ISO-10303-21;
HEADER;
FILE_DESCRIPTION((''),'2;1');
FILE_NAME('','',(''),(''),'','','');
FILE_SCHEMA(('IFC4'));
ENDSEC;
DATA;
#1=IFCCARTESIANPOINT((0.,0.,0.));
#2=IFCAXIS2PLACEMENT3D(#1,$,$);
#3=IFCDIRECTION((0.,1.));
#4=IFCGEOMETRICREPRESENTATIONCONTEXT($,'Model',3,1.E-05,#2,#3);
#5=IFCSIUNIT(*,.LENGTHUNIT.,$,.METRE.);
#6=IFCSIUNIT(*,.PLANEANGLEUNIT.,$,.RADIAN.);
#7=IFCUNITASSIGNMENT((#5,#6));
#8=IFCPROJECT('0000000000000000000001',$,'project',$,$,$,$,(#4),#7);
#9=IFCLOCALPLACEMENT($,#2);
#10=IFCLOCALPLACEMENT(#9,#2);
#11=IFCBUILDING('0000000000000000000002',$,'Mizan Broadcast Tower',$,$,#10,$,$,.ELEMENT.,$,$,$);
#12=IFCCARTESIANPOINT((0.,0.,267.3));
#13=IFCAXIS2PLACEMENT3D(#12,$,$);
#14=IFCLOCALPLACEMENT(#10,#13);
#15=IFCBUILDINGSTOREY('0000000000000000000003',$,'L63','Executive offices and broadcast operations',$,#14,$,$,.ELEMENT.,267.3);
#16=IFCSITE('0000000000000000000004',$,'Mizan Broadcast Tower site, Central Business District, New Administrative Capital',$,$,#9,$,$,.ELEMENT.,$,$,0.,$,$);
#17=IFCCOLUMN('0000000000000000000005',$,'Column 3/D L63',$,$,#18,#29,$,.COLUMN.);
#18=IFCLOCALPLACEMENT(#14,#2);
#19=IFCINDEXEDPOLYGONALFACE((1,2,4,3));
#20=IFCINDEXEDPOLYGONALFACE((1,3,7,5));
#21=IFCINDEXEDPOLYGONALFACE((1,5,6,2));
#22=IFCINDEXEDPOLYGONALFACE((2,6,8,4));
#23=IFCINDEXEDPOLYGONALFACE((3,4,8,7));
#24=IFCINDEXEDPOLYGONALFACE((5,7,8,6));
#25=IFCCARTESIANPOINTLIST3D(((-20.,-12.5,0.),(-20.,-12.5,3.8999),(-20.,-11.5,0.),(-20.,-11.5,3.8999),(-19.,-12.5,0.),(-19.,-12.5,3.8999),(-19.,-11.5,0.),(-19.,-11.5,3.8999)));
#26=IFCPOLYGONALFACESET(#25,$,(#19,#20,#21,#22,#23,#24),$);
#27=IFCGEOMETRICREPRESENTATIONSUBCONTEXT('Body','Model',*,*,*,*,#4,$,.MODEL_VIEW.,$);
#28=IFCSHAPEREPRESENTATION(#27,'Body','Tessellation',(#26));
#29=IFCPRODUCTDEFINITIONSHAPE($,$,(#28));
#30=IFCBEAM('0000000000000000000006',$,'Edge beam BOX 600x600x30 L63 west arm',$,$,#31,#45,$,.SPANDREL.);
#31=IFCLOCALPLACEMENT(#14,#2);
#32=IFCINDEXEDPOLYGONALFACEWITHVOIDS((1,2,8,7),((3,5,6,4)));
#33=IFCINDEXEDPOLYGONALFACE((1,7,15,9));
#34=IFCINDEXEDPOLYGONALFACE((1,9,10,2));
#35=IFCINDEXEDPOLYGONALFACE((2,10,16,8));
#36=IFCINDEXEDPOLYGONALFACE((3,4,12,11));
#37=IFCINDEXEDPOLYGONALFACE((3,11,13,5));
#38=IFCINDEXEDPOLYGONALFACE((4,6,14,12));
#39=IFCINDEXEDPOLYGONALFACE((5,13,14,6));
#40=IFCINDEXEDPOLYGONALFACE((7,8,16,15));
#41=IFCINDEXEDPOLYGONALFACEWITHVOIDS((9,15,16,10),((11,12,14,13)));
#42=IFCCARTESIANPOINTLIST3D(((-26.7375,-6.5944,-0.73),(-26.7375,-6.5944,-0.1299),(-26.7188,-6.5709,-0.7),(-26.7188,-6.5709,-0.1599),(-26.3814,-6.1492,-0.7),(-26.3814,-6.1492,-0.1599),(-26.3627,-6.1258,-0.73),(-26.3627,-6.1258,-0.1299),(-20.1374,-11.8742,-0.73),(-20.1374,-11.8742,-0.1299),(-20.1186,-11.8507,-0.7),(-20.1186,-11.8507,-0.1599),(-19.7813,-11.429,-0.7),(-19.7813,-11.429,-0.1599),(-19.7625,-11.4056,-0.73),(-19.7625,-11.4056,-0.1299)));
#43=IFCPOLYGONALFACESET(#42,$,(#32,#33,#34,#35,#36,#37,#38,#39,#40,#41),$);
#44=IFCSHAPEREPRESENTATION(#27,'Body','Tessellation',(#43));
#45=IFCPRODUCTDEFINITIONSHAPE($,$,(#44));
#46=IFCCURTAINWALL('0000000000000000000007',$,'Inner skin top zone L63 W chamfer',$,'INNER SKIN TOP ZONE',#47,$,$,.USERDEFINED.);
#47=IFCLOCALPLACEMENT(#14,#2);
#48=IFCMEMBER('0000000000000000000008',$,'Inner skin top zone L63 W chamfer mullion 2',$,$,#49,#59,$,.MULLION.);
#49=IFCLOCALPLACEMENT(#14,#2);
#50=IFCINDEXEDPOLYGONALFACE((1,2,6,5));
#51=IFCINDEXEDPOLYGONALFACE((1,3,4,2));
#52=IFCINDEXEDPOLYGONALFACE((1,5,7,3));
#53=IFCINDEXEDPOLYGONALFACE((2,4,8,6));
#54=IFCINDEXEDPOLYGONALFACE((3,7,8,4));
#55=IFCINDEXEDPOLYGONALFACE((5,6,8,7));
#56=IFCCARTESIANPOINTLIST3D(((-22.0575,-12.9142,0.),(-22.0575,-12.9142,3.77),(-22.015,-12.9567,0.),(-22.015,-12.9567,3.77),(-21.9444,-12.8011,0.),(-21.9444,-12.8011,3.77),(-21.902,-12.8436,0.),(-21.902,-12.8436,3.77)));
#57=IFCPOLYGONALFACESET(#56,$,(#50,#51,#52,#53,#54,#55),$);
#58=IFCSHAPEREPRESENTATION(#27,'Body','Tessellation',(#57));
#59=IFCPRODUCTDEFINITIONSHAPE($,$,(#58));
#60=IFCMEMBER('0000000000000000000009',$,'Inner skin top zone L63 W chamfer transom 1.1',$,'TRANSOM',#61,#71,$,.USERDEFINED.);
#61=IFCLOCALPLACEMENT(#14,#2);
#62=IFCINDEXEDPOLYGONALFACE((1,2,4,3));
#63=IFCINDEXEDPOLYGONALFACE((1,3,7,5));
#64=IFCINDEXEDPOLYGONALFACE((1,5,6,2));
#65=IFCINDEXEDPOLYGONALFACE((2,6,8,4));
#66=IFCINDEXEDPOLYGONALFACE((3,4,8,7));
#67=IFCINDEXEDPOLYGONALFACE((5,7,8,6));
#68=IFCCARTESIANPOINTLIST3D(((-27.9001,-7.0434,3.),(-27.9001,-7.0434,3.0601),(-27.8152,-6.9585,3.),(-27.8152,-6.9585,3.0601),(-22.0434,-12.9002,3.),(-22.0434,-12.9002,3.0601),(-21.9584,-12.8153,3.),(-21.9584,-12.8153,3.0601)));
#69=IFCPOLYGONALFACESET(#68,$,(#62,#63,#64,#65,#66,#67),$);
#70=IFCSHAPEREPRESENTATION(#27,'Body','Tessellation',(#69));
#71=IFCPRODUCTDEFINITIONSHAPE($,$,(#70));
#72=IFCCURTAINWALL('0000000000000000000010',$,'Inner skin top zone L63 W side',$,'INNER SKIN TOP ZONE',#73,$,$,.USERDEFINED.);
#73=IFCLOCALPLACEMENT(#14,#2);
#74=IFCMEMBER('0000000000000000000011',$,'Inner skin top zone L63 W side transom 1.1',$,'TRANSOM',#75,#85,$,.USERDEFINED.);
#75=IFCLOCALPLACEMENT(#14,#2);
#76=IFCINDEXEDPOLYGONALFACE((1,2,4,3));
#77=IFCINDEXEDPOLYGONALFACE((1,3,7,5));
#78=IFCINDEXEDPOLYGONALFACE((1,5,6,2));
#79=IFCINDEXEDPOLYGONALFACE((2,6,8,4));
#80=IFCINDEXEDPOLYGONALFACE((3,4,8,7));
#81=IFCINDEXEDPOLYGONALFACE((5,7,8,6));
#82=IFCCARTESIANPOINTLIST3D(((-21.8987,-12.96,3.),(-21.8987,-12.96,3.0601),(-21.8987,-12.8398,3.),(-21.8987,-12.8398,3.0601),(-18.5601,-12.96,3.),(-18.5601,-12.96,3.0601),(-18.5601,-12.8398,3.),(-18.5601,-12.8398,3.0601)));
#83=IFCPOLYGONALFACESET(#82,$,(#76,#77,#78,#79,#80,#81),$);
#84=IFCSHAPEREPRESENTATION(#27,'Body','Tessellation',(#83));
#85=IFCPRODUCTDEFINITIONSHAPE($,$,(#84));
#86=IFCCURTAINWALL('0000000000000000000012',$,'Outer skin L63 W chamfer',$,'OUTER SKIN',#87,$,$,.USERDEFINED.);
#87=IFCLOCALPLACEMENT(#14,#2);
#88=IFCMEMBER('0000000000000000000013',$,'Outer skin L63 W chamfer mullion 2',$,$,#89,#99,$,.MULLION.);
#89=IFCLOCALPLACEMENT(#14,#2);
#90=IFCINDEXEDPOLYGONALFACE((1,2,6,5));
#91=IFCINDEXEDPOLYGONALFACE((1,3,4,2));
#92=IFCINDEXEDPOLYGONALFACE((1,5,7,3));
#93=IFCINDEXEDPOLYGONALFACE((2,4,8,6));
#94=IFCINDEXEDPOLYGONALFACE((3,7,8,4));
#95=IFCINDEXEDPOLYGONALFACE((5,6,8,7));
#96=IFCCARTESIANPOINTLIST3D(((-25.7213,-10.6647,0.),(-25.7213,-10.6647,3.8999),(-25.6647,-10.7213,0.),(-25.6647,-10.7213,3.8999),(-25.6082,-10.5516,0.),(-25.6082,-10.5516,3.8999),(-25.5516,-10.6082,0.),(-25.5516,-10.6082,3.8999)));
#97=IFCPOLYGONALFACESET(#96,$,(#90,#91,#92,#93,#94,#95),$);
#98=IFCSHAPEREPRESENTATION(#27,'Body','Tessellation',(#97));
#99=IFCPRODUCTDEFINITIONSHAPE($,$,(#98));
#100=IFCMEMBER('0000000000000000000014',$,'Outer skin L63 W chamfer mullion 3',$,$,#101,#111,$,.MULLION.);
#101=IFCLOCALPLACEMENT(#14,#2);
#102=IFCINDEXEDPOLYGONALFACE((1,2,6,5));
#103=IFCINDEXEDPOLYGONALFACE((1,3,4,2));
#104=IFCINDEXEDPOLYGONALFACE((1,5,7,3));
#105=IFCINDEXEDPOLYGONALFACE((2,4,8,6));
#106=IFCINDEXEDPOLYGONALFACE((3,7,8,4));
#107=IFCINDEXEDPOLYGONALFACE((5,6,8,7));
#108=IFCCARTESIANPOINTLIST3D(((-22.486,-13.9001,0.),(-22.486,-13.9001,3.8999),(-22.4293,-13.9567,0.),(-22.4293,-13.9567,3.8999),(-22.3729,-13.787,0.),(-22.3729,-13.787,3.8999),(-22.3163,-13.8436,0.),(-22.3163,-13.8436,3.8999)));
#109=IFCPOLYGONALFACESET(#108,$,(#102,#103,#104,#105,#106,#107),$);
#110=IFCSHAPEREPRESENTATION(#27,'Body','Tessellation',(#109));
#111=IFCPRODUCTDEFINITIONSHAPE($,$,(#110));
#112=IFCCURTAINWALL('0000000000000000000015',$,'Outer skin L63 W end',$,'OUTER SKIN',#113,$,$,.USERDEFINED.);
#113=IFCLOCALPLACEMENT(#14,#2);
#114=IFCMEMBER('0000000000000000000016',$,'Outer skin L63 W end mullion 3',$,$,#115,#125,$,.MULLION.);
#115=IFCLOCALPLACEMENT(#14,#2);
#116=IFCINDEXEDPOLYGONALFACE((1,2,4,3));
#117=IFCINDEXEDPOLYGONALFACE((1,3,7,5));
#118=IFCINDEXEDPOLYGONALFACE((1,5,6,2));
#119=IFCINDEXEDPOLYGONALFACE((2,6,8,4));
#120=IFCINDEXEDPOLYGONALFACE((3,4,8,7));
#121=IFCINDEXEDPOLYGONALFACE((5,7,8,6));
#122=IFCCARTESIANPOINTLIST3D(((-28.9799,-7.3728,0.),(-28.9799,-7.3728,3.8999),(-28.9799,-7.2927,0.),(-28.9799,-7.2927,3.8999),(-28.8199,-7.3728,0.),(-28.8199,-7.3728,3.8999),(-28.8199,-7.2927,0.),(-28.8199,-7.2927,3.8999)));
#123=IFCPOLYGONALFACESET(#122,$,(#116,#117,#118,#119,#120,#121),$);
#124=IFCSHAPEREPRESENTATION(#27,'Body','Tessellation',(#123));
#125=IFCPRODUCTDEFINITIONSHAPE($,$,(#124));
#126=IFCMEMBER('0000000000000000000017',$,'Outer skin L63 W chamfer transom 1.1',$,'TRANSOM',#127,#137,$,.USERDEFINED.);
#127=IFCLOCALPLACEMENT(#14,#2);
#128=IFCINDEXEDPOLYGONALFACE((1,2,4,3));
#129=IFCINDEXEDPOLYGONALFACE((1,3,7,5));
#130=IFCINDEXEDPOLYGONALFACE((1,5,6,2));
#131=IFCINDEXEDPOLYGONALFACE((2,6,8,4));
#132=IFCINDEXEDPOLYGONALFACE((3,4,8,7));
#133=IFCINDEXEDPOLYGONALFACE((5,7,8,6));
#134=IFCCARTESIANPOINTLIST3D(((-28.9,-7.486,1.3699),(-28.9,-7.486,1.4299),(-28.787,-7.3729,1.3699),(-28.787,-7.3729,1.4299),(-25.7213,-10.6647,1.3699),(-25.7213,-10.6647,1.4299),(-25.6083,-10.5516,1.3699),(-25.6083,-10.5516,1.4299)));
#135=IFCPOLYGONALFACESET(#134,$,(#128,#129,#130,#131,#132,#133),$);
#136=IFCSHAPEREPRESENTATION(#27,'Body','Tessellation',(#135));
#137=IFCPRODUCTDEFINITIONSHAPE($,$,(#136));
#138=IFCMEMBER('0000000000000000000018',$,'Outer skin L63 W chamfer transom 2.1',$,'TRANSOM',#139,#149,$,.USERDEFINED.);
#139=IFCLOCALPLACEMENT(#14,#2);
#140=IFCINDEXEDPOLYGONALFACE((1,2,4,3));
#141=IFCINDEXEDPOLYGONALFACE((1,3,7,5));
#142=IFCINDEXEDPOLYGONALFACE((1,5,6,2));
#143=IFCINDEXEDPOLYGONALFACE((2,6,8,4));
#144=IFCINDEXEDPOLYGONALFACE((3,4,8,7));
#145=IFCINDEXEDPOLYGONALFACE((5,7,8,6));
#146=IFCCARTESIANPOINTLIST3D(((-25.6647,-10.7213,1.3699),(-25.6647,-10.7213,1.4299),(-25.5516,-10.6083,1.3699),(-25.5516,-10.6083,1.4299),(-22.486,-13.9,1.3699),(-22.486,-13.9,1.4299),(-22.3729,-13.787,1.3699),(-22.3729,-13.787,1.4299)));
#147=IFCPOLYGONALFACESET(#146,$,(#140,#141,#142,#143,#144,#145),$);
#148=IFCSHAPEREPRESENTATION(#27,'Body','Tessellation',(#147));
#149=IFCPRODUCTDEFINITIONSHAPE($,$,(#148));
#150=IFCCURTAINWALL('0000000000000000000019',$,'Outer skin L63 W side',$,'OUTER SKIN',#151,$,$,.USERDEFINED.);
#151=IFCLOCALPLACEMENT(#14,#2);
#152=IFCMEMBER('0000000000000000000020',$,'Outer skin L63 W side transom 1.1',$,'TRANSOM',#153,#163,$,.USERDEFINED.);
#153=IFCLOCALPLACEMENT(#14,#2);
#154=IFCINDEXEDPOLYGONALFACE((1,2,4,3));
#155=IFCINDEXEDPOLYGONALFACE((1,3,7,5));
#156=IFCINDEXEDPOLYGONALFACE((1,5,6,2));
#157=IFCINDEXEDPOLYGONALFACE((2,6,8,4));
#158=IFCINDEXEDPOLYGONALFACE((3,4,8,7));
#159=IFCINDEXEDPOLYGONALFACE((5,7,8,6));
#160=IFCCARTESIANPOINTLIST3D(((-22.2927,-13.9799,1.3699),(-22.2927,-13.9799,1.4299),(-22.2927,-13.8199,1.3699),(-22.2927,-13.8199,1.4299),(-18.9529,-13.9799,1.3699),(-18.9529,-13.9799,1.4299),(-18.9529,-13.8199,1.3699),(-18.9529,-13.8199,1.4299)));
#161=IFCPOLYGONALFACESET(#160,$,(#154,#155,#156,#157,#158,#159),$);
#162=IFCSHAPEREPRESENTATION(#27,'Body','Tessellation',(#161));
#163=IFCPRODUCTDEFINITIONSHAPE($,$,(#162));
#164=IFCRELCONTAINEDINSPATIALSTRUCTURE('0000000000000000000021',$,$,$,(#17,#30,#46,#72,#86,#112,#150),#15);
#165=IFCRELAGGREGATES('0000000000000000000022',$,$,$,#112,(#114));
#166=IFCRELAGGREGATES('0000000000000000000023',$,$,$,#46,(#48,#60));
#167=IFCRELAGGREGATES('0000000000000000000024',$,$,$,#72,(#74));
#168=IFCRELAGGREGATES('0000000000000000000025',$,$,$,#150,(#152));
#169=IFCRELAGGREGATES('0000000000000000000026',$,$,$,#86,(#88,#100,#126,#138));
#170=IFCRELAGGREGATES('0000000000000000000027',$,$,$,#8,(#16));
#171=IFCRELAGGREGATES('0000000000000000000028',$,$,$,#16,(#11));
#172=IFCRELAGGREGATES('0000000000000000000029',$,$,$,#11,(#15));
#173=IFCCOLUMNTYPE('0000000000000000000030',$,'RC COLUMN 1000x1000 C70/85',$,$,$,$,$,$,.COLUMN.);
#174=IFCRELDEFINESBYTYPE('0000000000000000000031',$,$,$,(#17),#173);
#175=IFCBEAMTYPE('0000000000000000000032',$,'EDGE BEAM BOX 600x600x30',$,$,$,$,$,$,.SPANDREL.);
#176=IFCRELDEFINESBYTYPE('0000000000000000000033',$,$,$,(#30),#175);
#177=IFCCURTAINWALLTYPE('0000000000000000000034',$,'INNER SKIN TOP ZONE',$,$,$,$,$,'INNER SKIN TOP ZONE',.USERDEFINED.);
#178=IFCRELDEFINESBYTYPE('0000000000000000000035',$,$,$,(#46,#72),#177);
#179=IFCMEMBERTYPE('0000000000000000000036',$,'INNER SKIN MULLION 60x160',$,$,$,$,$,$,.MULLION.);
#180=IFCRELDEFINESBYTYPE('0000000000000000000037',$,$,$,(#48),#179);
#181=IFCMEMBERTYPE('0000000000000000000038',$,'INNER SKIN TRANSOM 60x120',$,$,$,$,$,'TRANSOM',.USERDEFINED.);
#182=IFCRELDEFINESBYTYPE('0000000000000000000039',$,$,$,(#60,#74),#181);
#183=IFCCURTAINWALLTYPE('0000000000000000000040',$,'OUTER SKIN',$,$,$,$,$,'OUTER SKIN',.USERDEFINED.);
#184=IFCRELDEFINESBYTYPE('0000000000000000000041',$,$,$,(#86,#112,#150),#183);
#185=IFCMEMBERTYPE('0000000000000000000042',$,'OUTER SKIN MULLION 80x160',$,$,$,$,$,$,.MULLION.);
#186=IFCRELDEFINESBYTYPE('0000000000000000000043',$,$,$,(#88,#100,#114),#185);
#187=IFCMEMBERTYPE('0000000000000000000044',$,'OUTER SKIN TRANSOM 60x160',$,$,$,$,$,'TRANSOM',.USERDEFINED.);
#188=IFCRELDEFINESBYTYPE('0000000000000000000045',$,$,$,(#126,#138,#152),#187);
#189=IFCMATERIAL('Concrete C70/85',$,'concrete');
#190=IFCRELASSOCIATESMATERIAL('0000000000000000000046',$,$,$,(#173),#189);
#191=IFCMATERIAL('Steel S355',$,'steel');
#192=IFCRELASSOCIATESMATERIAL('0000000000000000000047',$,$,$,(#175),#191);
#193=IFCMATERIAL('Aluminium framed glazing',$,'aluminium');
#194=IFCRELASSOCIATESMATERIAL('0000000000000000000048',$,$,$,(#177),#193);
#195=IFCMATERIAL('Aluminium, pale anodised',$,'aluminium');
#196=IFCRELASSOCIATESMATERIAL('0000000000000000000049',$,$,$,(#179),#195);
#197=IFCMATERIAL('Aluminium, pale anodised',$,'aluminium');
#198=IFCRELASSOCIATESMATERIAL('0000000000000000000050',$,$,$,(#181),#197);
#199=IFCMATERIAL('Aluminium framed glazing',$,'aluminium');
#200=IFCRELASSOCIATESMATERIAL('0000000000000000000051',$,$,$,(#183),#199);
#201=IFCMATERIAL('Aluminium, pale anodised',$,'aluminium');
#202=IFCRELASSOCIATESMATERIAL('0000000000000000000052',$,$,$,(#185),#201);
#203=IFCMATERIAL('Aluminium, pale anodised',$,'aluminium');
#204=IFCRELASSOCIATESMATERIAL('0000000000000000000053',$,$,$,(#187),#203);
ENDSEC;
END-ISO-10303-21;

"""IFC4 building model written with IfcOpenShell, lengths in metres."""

from ifc_helpers import new_model, si_unit, direction, frame, origin, origin_2d, place, context, subcontext, project, spatial, rectangle, hollow_rectangle, extrude, material, material_profile, profile_set, type_object, element, aggregate, save


model = new_model("IFC4")

# Units and contexts
model_context = context("Model", 3, precision=1e-05, world=origin(), true_north=direction((0.0, 1.0)))
body_context = subcontext(model_context, "Body", "Model", "MODEL_VIEW")
ifc_project = project(units=[si_unit("LENGTHUNIT", "METRE"), si_unit("PLANEANGLEUNIT", "RADIAN")], contexts=[model_context])

# Site, building, storey
site_placement = place(None, origin())
site = spatial("IfcSite", under=ifc_project, at=site_placement, Name="Mizan Broadcast Tower site, Central Business District, New Administrative Capital", CompositionType="ELEMENT", RefElevation=0.0)
building_placement = place(site_placement, origin())
building = spatial("IfcBuilding", under=site, at=building_placement, Name="Mizan Broadcast Tower", CompositionType="ELEMENT")
storey_placement = place(building_placement, frame((0.0, 0.0, 267.3)))
storey = spatial("IfcBuildingStorey", under=building, at=storey_placement, Name="L63", Description="Executive offices and broadcast operations", CompositionType="ELEMENT", Elevation=267.3)

# Column
ifc_material_1 = material(Name="Concrete C70/85", Category="concrete")
ifc_material_profile_1 = material_profile(ifc_material_1, rectangle(XDim=1.0, YDim=1.0, at=origin_2d()), Name="RC 1000x1000")
ifc_profile_set_1 = profile_set([ifc_material_profile_1], Name="Concrete C70/85")
column_type = type_object("IfcColumnType", Name="RC COLUMN 1000x1000 C70/85", PredefinedType="COLUMN", material=ifc_profile_set_1)
column_placement = place(storey_placement, frame((-19.5, -12.0, 0.0), z_axis=(0.0, 0.0, 1.0), x_axis=(1.0, 0.0, 0.0)))
element("IfcColumn", 1, at=column_placement, inside=storey, type_object=column_type, Name="Column 3/D L63", PredefinedType="COLUMN", context=body_context, shape_type="SweptSolid", body=[
    extrude(rectangle(XDim=1.0, YDim=1.0, at=origin_2d()), origin(), (0.0, 0.0, 1.0), 3.8999),
])

# Beam
ifc_material_2 = material(Name="Steel S355", Category="steel")
ifc_material_profile_2 = material_profile(ifc_material_2, hollow_rectangle(XDim=0.6001, YDim=0.6001, WallThickness=0.03, at=origin_2d()), Name="BOX 600x600x30")
ifc_profile_set_2 = profile_set([ifc_material_profile_2], Name="Steel S355")
beam_type_1 = type_object("IfcBeamType", Name="EDGE BEAM BOX 600x600x30", PredefinedType="SPANDREL", material=ifc_profile_set_2)
beam_1_placement = place(storey_placement, frame((-19.95, -11.6399, -0.4299), z_axis=(-0.780886, 0.624674, 0.0), x_axis=(-0.624674, -0.780886, 0.0)))
element("IfcBeam", 2, at=beam_1_placement, inside=storey, type_object=beam_type_1, Name="Edge beam BOX 600x600x30 L63 west arm", PredefinedType="SPANDREL", context=body_context, shape_type="SweptSolid", body=[
    extrude(hollow_rectangle(XDim=0.6001, YDim=0.6001, WallThickness=0.03, at=origin_2d()), origin(), (0.0, 0.0, 1.0), 8.4521),
])

# Curtain wall, members
ifc_material_3 = material(Name="Aluminium framed glazing", Category="aluminium")
curtain_wall_type_1 = type_object("IfcCurtainWallType", Name="INNER SKIN TOP ZONE", ElementType="INNER SKIN TOP ZONE", PredefinedType="USERDEFINED", material=ifc_material_3)
curtain_wall_1_placement = place(storey_placement, origin())
curtain_wall_1 = element("IfcCurtainWall", 3, at=curtain_wall_1_placement, inside=storey, type_object=curtain_wall_type_1, Name="Inner skin top zone L63 W chamfer", ObjectType="INNER SKIN TOP ZONE", PredefinedType="USERDEFINED")
ifc_material_4 = material(Name="Aluminium, pale anodised", Category="aluminium")
ifc_material_profile_3 = material_profile(ifc_material_4, rectangle(XDim=0.1599, YDim=0.0601, at=origin_2d()), Name="MULLION 160x60")
ifc_profile_set_3 = profile_set([ifc_material_profile_3], Name="Aluminium, pale anodised")
member_type_1 = type_object("IfcMemberType", Name="INNER SKIN MULLION 60x160", PredefinedType="MULLION", material=ifc_profile_set_3)
member_1_placement = place(storey_placement, frame((-21.9797, -12.8789, 0.0), z_axis=(0.0, 0.0, 1.0), x_axis=(0.707107, 0.707107, 0.0)))
member_1 = element("IfcMember", 4, at=member_1_placement, type_object=member_type_1, Name="Inner skin top zone L63 W chamfer mullion 2", PredefinedType="MULLION", context=body_context, shape_type="SweptSolid", body=[
    extrude(rectangle(XDim=0.1599, YDim=0.0601, at=origin_2d()), origin(), (0.0, 0.0, 1.0), 3.77),
])
ifc_material_5 = material(Name="Aluminium, pale anodised", Category="aluminium")
ifc_material_profile_4 = material_profile(ifc_material_5, rectangle(XDim=0.1201, YDim=0.0601, at=origin_2d()), Name="TRANSOM 120x60")
ifc_profile_set_4 = profile_set([ifc_material_profile_4], Name="Aluminium, pale anodised")
member_type_2 = type_object("IfcMemberType", Name="INNER SKIN TRANSOM 60x120", ElementType="TRANSOM", PredefinedType="USERDEFINED", material=ifc_profile_set_4)
member_2_placement = place(storey_placement, frame((-27.8577, -7.001, 3.03), z_axis=(0.707107, -0.707107, 0.0), x_axis=(0.707107, 0.707107, 0.0)))
member_2 = element("IfcMember", 5, at=member_2_placement, type_object=member_type_2, Name="Inner skin top zone L63 W chamfer transom 1.1", ObjectType="TRANSOM", PredefinedType="USERDEFINED", context=body_context, shape_type="SweptSolid", body=[
    extrude(rectangle(XDim=0.1201, YDim=0.0601, at=origin_2d()), origin(), (0.0, 0.0, 1.0), 8.2827),
])

# Curtain wall, member
curtain_wall_2_placement = place(storey_placement, origin())
curtain_wall_2 = element("IfcCurtainWall", 6, at=curtain_wall_2_placement, inside=storey, type_object=curtain_wall_type_1, Name="Inner skin top zone L63 W side", ObjectType="INNER SKIN TOP ZONE", PredefinedType="USERDEFINED")
member_3_placement = place(storey_placement, frame((-21.8987, -12.8999, 3.03), z_axis=(1.0, 0.0, 0.0), x_axis=(0.0, 1.0, 0.0)))
member_3 = element("IfcMember", 7, at=member_3_placement, type_object=member_type_2, Name="Inner skin top zone L63 W side transom 1.1", ObjectType="TRANSOM", PredefinedType="USERDEFINED", context=body_context, shape_type="SweptSolid", body=[
    extrude(rectangle(XDim=0.1201, YDim=0.0601, at=origin_2d()), origin(), (0.0, 0.0, 1.0), 3.3386),
])

# Curtain wall, members
ifc_material_6 = material(Name="Aluminium framed glazing", Category="aluminium")
curtain_wall_type_2 = type_object("IfcCurtainWallType", Name="OUTER SKIN", ElementType="OUTER SKIN", PredefinedType="USERDEFINED", material=ifc_material_6)
curtain_wall_3_placement = place(storey_placement, origin())
curtain_wall_3 = element("IfcCurtainWall", 8, at=curtain_wall_3_placement, inside=storey, type_object=curtain_wall_type_2, Name="Outer skin L63 W chamfer", ObjectType="OUTER SKIN", PredefinedType="USERDEFINED")
ifc_material_7 = material(Name="Aluminium, pale anodised", Category="aluminium")
ifc_material_profile_5 = material_profile(ifc_material_7, rectangle(XDim=0.1599, YDim=0.0801, at=origin_2d()), Name="MULLION 160x80")
ifc_profile_set_5 = profile_set([ifc_material_profile_5], Name="Aluminium, pale anodised")
member_type_3 = type_object("IfcMemberType", Name="OUTER SKIN MULLION 80x160", PredefinedType="MULLION", material=ifc_profile_set_5)
member_4_placement = place(storey_placement, frame((-25.6365, -10.6365, 0.0), z_axis=(0.0, 0.0, 1.0), x_axis=(0.707107, 0.707107, 0.0)))
member_4 = element("IfcMember", 9, at=member_4_placement, type_object=member_type_3, Name="Outer skin L63 W chamfer mullion 2", PredefinedType="MULLION", context=body_context, shape_type="SweptSolid", body=[
    extrude(rectangle(XDim=0.1599, YDim=0.0801, at=origin_2d()), origin(), (0.0, 0.0, 1.0), 3.8999),
])
member_5_placement = place(storey_placement, frame((-22.4011, -13.8718, 0.0), z_axis=(0.0, 0.0, 1.0), x_axis=(0.707107, 0.707107, 0.0)))
member_5 = element("IfcMember", 10, at=member_5_placement, type_object=member_type_3, Name="Outer skin L63 W chamfer mullion 3", PredefinedType="MULLION", context=body_context, shape_type="SweptSolid", body=[
    extrude(rectangle(XDim=0.1599, YDim=0.0801, at=origin_2d()), origin(), (0.0, 0.0, 1.0), 3.8999),
])

# Curtain wall, member
curtain_wall_4_placement = place(storey_placement, origin())
curtain_wall_4 = element("IfcCurtainWall", 11, at=curtain_wall_4_placement, inside=storey, type_object=curtain_wall_type_2, Name="Outer skin L63 W end", ObjectType="OUTER SKIN", PredefinedType="USERDEFINED")
member_6_placement = place(storey_placement, frame((-28.8999, -7.3328, 0.0), z_axis=(0.0, 0.0, 1.0), x_axis=(1.0, 0.0, 0.0)))
member_6 = element("IfcMember", 12, at=member_6_placement, type_object=member_type_3, Name="Outer skin L63 W end mullion 3", PredefinedType="MULLION", context=body_context, shape_type="SweptSolid", body=[
    extrude(rectangle(XDim=0.1599, YDim=0.0801, at=origin_2d()), origin(), (0.0, 0.0, 1.0), 3.8999),
])
aggregate(curtain_wall_4, [member_6])

# Members
ifc_material_8 = material(Name="Aluminium, pale anodised", Category="aluminium")
ifc_material_profile_6 = material_profile(ifc_material_8, rectangle(XDim=0.1599, YDim=0.0601, at=origin_2d()), Name="TRANSOM 160x60")
ifc_profile_set_6 = profile_set([ifc_material_profile_6], Name="Aluminium, pale anodised")
member_type_4 = type_object("IfcMemberType", Name="OUTER SKIN TRANSOM 60x160", ElementType="TRANSOM", PredefinedType="USERDEFINED", material=ifc_profile_set_6)
member_7_placement = place(storey_placement, frame((-28.8435, -7.4294, 1.3999), z_axis=(0.707107, -0.707107, 0.0), x_axis=(0.707107, 0.707107, 0.0)))
member_7 = element("IfcMember", 13, at=member_7_placement, type_object=member_type_4, Name="Outer skin L63 W chamfer transom 1.1", ObjectType="TRANSOM", PredefinedType="USERDEFINED", context=body_context, shape_type="SweptSolid", body=[
    extrude(rectangle(XDim=0.1599, YDim=0.0601, at=origin_2d()), origin(), (0.0, 0.0, 1.0), 4.4954),
])
member_8_placement = place(storey_placement, frame((-25.6082, -10.6648, 1.3999), z_axis=(0.707107, -0.707107, 0.0), x_axis=(0.707107, 0.707107, 0.0)))
member_8 = element("IfcMember", 14, at=member_8_placement, type_object=member_type_4, Name="Outer skin L63 W chamfer transom 2.1", ObjectType="TRANSOM", PredefinedType="USERDEFINED", context=body_context, shape_type="SweptSolid", body=[
    extrude(rectangle(XDim=0.1599, YDim=0.0601, at=origin_2d()), origin(), (0.0, 0.0, 1.0), 4.4954),
])

# Curtain wall, member
curtain_wall_5_placement = place(storey_placement, origin())
curtain_wall_5 = element("IfcCurtainWall", 15, at=curtain_wall_5_placement, inside=storey, type_object=curtain_wall_type_2, Name="Outer skin L63 W side", ObjectType="OUTER SKIN", PredefinedType="USERDEFINED")
member_9_placement = place(storey_placement, frame((-22.2927, -13.8999, 1.3999), z_axis=(1.0, 0.0, 0.0), x_axis=(0.0, 1.0, 0.0)))
member_9 = element("IfcMember", 16, at=member_9_placement, type_object=member_type_4, Name="Outer skin L63 W side transom 1.1", ObjectType="TRANSOM", PredefinedType="USERDEFINED", context=body_context, shape_type="SweptSolid", body=[
    extrude(rectangle(XDim=0.1599, YDim=0.0601, at=origin_2d()), origin(), (0.0, 0.0, 1.0), 3.3398),
])

aggregate(curtain_wall_1, [member_1, member_2])
aggregate(curtain_wall_2, [member_3])
aggregate(curtain_wall_5, [member_9])
aggregate(curtain_wall_3, [member_4, member_5, member_7, member_8])

save(model, "model.ifc")
